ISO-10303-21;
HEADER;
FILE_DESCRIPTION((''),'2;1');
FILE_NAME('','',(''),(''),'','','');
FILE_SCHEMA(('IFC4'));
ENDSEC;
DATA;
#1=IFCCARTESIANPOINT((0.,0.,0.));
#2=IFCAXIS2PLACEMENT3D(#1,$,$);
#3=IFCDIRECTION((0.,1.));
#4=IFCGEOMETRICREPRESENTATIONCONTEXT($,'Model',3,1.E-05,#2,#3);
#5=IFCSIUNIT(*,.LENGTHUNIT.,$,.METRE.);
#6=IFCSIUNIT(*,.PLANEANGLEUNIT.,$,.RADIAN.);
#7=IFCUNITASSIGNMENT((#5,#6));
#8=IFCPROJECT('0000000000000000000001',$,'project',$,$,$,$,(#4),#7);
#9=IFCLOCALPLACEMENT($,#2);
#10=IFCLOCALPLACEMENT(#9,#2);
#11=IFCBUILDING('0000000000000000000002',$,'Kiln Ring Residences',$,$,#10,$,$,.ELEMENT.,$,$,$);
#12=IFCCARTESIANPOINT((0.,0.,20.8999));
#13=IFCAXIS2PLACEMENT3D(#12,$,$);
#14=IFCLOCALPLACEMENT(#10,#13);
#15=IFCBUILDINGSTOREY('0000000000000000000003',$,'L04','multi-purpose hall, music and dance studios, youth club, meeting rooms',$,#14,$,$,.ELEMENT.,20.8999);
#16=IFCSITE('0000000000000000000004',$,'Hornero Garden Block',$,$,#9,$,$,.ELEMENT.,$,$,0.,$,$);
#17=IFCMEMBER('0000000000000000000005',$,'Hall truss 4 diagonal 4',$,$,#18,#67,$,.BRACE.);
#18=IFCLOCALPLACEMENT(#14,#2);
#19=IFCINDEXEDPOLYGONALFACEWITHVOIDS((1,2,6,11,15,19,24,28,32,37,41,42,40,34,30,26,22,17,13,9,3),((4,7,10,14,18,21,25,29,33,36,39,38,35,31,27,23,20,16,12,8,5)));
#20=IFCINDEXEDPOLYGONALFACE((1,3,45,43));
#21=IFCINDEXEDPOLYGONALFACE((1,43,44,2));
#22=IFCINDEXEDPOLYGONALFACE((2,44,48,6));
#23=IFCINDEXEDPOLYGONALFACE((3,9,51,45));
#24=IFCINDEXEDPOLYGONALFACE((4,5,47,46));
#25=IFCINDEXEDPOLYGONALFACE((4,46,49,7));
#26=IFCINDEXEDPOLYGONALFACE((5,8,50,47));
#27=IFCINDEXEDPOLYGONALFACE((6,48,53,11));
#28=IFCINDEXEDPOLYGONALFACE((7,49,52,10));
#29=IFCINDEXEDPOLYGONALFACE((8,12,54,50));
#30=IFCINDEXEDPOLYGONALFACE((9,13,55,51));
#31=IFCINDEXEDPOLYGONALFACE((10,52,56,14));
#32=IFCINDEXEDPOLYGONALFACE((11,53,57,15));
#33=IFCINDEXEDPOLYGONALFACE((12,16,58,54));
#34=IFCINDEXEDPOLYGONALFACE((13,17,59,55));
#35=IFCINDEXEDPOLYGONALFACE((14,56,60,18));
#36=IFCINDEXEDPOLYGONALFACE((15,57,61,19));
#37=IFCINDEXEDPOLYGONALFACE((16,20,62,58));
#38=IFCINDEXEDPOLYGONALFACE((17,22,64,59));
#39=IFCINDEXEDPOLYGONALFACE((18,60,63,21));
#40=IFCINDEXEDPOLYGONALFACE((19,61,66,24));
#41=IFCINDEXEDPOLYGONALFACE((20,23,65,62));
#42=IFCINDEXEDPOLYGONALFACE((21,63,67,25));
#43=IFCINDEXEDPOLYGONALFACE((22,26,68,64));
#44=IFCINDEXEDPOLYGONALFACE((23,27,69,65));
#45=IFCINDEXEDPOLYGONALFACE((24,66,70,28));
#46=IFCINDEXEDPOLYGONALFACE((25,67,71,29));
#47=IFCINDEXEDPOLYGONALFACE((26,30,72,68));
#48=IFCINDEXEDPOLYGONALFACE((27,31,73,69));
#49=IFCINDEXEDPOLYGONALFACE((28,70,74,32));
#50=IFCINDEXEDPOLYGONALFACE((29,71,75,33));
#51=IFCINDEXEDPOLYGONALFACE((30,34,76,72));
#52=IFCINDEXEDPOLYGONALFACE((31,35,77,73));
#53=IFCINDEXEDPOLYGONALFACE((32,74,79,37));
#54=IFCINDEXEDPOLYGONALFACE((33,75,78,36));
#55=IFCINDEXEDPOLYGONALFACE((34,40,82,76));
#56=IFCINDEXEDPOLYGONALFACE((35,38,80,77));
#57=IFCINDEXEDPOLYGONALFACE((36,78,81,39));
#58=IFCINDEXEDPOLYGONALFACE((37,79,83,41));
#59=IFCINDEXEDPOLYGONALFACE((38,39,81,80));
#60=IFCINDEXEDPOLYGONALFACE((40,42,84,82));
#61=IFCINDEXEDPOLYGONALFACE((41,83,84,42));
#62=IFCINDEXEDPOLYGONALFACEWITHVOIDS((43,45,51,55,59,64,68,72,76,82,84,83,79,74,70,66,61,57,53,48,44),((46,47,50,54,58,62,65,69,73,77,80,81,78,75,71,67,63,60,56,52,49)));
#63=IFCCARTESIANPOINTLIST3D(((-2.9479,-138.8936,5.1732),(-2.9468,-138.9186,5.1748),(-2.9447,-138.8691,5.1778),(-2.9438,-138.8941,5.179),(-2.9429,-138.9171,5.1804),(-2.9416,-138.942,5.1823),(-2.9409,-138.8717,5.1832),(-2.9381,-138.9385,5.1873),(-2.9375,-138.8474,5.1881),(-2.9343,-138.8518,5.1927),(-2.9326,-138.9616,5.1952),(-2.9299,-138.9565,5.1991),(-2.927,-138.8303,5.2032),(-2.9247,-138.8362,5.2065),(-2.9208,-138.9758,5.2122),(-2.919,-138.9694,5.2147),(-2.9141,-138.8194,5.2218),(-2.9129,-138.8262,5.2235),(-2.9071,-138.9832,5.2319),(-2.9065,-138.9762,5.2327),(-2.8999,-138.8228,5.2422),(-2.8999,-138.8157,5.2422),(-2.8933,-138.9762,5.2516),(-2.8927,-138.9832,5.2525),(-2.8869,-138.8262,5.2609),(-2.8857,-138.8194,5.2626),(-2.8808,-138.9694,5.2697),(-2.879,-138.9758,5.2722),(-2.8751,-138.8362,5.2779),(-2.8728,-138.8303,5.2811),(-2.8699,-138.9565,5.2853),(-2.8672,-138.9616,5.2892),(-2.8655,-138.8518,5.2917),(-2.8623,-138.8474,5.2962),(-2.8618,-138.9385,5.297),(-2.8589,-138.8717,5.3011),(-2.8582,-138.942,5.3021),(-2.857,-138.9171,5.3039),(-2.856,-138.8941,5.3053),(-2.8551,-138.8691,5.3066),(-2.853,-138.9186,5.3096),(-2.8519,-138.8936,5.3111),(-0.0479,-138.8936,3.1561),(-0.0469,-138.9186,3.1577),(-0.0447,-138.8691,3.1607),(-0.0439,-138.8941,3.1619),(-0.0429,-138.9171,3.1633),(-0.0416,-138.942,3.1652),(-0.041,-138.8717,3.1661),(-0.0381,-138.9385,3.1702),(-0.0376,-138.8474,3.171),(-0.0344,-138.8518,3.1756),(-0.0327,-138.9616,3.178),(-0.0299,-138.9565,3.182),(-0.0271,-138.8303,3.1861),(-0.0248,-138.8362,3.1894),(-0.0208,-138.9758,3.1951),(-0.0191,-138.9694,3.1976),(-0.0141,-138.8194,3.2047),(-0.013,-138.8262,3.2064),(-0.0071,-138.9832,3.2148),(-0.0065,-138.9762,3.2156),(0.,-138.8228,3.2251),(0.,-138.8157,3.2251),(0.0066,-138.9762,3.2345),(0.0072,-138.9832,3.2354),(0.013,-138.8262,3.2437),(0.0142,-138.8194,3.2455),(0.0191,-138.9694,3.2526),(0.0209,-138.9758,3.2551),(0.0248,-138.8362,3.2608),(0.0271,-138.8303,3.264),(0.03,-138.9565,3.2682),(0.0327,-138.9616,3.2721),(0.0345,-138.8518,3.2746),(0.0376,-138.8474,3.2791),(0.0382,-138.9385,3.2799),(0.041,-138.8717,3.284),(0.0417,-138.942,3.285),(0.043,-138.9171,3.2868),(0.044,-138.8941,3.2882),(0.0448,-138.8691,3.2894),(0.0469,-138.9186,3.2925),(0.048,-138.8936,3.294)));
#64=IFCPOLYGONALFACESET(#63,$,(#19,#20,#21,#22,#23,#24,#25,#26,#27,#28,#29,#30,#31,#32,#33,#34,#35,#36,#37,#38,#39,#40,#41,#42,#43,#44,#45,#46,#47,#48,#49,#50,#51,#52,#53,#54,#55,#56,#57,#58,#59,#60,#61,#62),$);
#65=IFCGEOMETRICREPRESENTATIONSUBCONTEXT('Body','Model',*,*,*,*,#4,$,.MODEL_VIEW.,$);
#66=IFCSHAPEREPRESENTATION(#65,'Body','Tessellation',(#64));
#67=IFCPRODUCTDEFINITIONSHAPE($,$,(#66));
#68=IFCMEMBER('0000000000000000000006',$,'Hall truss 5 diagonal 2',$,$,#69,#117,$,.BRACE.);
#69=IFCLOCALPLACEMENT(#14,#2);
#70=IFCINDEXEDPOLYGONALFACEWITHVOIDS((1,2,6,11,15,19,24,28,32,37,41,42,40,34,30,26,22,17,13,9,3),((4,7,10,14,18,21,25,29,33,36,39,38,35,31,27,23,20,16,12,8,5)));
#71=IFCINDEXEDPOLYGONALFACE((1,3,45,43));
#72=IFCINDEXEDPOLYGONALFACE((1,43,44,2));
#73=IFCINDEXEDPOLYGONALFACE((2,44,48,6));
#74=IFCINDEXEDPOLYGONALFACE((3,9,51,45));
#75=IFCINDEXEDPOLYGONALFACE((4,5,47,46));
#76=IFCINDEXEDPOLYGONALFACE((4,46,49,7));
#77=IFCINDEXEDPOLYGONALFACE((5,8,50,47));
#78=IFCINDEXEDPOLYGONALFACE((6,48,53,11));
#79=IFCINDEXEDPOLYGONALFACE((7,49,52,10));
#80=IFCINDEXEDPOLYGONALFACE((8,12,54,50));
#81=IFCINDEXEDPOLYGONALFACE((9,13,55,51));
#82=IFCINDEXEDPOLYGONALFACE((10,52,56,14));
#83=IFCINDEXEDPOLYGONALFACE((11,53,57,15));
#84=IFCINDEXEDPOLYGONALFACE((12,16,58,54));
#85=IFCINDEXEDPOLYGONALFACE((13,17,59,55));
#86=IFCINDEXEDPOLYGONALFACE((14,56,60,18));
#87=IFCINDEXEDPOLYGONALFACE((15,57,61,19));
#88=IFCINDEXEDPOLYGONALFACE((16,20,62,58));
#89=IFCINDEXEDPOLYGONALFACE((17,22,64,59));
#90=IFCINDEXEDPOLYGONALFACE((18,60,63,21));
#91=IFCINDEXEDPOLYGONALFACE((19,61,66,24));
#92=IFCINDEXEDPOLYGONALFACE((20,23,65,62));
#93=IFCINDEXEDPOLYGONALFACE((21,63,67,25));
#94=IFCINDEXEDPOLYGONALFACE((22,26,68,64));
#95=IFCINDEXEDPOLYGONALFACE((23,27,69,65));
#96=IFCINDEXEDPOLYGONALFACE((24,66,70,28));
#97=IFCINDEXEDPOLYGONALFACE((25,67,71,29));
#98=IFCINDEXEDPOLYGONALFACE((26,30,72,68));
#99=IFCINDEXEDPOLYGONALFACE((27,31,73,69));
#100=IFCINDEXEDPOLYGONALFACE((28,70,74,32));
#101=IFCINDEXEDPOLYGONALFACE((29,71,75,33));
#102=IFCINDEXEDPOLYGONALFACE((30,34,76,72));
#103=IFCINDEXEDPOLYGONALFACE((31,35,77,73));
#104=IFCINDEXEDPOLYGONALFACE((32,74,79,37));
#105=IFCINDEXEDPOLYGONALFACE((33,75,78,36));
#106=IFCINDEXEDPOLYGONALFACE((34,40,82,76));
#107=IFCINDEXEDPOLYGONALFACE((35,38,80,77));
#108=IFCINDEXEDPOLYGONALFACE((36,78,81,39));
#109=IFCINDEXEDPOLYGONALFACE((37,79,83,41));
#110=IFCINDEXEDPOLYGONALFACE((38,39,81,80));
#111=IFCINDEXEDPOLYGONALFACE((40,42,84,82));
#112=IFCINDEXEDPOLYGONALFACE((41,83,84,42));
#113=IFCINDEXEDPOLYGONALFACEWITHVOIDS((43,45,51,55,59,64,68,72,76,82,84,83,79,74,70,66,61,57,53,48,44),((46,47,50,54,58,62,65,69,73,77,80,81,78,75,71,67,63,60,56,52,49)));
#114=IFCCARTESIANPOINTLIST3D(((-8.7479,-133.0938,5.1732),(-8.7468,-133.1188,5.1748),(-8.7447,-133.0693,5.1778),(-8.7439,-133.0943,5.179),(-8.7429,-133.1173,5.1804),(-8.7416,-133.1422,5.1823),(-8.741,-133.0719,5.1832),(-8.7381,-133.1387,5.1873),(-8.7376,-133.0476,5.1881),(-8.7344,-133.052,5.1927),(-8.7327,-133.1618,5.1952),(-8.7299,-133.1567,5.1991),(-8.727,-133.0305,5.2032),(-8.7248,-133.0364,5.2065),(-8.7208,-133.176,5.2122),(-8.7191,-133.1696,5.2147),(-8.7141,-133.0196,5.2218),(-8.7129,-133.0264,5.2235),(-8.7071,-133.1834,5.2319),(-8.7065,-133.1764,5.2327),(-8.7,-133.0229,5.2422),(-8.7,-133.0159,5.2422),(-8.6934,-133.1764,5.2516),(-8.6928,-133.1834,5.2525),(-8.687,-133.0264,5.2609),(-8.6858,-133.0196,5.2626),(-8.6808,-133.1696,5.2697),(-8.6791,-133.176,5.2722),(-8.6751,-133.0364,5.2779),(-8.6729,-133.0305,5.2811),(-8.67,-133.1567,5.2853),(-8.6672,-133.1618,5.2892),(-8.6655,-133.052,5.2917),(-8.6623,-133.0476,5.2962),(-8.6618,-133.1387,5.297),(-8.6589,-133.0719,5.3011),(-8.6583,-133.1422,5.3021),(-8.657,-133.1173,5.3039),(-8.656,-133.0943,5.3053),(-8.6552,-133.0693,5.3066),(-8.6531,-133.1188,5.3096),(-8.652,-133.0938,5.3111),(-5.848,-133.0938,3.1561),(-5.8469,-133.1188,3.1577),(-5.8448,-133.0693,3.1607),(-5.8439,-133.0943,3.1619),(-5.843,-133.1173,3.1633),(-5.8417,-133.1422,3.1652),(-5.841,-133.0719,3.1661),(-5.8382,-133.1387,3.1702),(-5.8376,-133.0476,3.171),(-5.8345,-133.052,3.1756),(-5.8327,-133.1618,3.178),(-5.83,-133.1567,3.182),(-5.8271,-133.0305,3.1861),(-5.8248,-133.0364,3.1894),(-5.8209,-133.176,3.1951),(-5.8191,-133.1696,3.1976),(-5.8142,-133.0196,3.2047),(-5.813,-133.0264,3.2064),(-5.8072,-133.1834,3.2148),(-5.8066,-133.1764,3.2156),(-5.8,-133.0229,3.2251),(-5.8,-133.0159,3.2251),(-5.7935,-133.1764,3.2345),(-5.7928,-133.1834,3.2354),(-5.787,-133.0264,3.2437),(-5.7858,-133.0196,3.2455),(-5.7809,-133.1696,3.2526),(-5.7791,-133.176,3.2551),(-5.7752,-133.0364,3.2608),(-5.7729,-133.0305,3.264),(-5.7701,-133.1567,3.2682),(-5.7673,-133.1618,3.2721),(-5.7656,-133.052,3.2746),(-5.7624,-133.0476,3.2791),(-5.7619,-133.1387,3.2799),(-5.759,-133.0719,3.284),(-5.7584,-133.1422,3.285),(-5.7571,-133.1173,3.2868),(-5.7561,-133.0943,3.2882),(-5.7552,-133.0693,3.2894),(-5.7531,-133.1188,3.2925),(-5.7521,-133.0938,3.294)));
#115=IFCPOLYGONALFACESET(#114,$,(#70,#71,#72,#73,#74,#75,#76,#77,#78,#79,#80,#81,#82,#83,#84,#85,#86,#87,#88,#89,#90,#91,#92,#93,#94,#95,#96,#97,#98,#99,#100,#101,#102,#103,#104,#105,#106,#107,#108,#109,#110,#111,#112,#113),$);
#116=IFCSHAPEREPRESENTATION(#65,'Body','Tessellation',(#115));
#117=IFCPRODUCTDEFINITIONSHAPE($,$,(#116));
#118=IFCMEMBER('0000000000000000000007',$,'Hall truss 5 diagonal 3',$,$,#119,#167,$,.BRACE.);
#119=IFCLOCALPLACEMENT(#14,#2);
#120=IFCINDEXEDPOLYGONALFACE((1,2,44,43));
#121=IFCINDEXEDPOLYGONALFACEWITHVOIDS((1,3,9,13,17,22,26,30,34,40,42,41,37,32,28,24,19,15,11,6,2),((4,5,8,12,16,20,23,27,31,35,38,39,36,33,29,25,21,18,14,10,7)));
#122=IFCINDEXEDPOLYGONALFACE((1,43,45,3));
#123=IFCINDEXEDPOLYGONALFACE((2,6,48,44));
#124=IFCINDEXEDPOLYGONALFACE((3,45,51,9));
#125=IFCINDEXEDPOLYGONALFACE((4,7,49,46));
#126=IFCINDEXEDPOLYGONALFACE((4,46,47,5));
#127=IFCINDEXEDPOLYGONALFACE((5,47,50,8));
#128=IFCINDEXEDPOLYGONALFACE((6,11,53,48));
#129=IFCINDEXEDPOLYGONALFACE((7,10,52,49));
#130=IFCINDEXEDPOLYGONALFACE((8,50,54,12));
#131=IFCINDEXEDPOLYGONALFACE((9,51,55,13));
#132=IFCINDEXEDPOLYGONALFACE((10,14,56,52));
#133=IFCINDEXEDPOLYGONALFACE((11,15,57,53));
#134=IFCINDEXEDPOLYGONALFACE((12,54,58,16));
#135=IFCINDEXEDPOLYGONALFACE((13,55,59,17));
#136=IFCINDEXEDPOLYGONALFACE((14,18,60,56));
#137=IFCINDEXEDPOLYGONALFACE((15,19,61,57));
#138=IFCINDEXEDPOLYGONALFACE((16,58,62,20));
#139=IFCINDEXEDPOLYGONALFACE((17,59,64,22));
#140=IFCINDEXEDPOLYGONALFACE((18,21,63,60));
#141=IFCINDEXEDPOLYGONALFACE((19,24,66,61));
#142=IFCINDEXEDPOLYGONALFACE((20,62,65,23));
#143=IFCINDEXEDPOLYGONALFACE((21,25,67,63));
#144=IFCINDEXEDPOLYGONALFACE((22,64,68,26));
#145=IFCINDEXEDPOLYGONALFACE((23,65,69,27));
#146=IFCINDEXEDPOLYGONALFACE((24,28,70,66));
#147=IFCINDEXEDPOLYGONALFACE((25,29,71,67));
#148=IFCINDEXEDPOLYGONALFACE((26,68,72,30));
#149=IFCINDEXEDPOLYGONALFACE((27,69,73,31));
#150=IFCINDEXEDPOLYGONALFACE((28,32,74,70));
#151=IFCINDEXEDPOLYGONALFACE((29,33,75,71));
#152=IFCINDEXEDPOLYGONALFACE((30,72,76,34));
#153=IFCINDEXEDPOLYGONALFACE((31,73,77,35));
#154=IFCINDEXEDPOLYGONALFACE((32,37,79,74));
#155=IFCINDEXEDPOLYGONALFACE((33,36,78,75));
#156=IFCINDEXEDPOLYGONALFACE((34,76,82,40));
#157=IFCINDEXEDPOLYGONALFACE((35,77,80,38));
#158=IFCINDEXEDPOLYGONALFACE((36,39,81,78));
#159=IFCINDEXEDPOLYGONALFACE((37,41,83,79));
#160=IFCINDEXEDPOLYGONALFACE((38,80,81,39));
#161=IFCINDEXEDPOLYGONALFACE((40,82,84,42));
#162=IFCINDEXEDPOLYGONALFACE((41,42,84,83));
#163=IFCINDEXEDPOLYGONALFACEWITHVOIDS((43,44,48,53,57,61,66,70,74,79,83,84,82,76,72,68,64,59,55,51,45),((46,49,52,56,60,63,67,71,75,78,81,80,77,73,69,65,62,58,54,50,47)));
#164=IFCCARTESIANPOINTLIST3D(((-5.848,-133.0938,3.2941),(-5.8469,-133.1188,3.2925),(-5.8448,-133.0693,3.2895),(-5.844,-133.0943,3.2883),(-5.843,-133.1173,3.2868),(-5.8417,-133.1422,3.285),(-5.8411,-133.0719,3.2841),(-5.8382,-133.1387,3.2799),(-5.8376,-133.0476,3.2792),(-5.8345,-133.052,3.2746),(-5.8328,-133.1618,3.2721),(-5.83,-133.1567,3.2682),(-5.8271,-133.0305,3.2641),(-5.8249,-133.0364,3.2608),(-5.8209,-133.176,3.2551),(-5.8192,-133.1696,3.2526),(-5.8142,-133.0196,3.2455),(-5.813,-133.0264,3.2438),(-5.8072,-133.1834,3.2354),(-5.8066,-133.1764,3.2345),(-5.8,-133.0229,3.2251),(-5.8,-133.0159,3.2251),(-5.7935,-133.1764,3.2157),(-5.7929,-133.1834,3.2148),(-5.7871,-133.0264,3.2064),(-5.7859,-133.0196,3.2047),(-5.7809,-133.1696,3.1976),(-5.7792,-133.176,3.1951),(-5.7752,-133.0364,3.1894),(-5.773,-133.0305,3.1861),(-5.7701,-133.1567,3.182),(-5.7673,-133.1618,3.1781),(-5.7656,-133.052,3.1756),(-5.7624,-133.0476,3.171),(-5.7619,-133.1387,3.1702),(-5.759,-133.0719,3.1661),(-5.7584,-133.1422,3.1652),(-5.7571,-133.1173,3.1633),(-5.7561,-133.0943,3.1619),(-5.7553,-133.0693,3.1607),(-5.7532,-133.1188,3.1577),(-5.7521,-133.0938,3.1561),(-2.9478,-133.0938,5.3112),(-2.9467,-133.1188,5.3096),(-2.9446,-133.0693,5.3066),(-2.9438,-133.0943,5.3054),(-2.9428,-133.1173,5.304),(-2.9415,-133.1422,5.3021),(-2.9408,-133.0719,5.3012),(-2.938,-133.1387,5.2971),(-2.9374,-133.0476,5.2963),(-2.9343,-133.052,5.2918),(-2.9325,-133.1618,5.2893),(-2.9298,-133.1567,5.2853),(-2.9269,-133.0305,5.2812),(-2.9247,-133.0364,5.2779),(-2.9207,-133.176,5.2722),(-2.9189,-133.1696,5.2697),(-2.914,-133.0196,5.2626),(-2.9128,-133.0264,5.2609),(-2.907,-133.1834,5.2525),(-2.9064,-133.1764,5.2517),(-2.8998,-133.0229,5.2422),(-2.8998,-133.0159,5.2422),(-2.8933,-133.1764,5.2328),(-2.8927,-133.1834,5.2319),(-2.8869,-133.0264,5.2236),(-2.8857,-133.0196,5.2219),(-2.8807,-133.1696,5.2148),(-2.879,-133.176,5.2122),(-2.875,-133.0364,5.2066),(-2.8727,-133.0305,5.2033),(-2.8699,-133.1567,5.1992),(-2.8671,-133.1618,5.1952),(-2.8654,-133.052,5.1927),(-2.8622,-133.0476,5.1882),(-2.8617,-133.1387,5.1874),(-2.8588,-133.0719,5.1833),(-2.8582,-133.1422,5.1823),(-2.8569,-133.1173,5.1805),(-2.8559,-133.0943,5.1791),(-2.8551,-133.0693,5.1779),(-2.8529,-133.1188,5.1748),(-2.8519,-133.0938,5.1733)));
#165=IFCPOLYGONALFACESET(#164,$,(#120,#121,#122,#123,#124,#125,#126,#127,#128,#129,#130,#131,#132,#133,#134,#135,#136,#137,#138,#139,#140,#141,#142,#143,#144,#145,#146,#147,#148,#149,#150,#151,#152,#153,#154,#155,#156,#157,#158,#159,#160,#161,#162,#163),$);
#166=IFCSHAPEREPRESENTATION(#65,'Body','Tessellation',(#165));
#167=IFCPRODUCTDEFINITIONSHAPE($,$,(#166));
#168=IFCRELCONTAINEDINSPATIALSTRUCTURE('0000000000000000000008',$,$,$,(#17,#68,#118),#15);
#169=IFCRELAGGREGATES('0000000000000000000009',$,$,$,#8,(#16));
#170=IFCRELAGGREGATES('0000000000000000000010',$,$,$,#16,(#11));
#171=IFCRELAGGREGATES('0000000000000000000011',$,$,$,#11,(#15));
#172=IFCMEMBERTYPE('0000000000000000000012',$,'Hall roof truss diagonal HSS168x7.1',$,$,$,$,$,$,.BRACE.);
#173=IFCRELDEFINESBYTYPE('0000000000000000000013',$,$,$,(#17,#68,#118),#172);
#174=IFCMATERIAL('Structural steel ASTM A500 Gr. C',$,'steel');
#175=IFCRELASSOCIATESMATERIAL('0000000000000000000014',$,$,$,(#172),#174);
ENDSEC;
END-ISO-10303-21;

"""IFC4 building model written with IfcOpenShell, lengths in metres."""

from ifc_helpers import new_model, si_unit, direction, frame, origin, origin_2d, place, context, subcontext, project, spatial, hollow_circle, extrude, material, material_profile, profile_set, type_object, element, save


model = new_model("IFC4")

# Units and contexts
model_context = context("Model", 3, precision=1e-05, world=origin(), true_north=direction((0.0, 1.0)))
body_context = subcontext(model_context, "Body", "Model", "MODEL_VIEW")
ifc_project = project(units=[si_unit("LENGTHUNIT", "METRE"), si_unit("PLANEANGLEUNIT", "RADIAN")], contexts=[model_context])

# Site, building, storey
site_placement = place(None, origin())
site = spatial("IfcSite", under=ifc_project, at=site_placement, Name="Hornero Garden Block", CompositionType="ELEMENT", RefElevation=0.0)
building_placement = place(site_placement, origin())
building = spatial("IfcBuilding", under=site, at=building_placement, Name="Kiln Ring Residences", CompositionType="ELEMENT")
storey_placement = place(building_placement, frame((0.0, 0.0, 20.8999)))
storey = spatial("IfcBuildingStorey", under=building, at=storey_placement, Name="L04", Description="multi-purpose hall, music and dance studios, youth club, meeting rooms", CompositionType="ELEMENT", Elevation=20.8999)

# Members
ifc_material_1 = material(Name="Structural steel ASTM A500 Gr. C", Category="steel")
ifc_material_profile_1 = material_profile(ifc_material_1, hollow_circle(Radius=0.0842, WallThickness=0.0071, at=origin_2d()), Name="HSS168x7.1")
ifc_profile_set_1 = profile_set([ifc_material_profile_1], Name="Structural steel ASTM A500 Gr. C")
member_type_1 = type_object("IfcMemberType", Name="Hall roof truss diagonal HSS168x7.1", PredefinedType="BRACE", material=ifc_profile_set_1)
for number, where, z_axis, x_axis, name in (
    (1, (-2.8999, -138.8999, 5.2422), (0.820936, 0.0, -0.57102), (0.0, 1.0, 0.0), "Hall truss 4 diagonal 4"),
    (2, (-8.7, -133.1001, 5.2422), (0.820936, 0.0, -0.57102), (0.0, 1.0, 0.0), "Hall truss 5 diagonal 2"),
):
    element("IfcMember", number, at=place(storey_placement, frame(where, z_axis=z_axis, x_axis=x_axis)), inside=storey, type_object=member_type_1, Name=name, PredefinedType="BRACE", context=body_context, shape_type="SweptSolid", body=[
        extrude(hollow_circle(Radius=0.0842, WallThickness=0.0071, at=origin_2d()), origin(), (0.0, 0.0, 1.0), 3.5325),
    ])
member_1_placement = place(storey_placement, frame((-5.8, -133.1001, 3.2251), z_axis=(0.820959, 0.0, 0.570988), x_axis=(0.0, 1.0, 0.0)))
element("IfcMember", 3, at=member_1_placement, inside=storey, type_object=member_type_1, Name="Hall truss 5 diagonal 3", PredefinedType="BRACE", context=body_context, shape_type="SweptSolid", body=[
    extrude(hollow_circle(Radius=0.0842, WallThickness=0.0071, at=origin_2d()), origin(), (0.0, 0.0, 1.0), 3.5327),
])

save(model, "model.ifc")
